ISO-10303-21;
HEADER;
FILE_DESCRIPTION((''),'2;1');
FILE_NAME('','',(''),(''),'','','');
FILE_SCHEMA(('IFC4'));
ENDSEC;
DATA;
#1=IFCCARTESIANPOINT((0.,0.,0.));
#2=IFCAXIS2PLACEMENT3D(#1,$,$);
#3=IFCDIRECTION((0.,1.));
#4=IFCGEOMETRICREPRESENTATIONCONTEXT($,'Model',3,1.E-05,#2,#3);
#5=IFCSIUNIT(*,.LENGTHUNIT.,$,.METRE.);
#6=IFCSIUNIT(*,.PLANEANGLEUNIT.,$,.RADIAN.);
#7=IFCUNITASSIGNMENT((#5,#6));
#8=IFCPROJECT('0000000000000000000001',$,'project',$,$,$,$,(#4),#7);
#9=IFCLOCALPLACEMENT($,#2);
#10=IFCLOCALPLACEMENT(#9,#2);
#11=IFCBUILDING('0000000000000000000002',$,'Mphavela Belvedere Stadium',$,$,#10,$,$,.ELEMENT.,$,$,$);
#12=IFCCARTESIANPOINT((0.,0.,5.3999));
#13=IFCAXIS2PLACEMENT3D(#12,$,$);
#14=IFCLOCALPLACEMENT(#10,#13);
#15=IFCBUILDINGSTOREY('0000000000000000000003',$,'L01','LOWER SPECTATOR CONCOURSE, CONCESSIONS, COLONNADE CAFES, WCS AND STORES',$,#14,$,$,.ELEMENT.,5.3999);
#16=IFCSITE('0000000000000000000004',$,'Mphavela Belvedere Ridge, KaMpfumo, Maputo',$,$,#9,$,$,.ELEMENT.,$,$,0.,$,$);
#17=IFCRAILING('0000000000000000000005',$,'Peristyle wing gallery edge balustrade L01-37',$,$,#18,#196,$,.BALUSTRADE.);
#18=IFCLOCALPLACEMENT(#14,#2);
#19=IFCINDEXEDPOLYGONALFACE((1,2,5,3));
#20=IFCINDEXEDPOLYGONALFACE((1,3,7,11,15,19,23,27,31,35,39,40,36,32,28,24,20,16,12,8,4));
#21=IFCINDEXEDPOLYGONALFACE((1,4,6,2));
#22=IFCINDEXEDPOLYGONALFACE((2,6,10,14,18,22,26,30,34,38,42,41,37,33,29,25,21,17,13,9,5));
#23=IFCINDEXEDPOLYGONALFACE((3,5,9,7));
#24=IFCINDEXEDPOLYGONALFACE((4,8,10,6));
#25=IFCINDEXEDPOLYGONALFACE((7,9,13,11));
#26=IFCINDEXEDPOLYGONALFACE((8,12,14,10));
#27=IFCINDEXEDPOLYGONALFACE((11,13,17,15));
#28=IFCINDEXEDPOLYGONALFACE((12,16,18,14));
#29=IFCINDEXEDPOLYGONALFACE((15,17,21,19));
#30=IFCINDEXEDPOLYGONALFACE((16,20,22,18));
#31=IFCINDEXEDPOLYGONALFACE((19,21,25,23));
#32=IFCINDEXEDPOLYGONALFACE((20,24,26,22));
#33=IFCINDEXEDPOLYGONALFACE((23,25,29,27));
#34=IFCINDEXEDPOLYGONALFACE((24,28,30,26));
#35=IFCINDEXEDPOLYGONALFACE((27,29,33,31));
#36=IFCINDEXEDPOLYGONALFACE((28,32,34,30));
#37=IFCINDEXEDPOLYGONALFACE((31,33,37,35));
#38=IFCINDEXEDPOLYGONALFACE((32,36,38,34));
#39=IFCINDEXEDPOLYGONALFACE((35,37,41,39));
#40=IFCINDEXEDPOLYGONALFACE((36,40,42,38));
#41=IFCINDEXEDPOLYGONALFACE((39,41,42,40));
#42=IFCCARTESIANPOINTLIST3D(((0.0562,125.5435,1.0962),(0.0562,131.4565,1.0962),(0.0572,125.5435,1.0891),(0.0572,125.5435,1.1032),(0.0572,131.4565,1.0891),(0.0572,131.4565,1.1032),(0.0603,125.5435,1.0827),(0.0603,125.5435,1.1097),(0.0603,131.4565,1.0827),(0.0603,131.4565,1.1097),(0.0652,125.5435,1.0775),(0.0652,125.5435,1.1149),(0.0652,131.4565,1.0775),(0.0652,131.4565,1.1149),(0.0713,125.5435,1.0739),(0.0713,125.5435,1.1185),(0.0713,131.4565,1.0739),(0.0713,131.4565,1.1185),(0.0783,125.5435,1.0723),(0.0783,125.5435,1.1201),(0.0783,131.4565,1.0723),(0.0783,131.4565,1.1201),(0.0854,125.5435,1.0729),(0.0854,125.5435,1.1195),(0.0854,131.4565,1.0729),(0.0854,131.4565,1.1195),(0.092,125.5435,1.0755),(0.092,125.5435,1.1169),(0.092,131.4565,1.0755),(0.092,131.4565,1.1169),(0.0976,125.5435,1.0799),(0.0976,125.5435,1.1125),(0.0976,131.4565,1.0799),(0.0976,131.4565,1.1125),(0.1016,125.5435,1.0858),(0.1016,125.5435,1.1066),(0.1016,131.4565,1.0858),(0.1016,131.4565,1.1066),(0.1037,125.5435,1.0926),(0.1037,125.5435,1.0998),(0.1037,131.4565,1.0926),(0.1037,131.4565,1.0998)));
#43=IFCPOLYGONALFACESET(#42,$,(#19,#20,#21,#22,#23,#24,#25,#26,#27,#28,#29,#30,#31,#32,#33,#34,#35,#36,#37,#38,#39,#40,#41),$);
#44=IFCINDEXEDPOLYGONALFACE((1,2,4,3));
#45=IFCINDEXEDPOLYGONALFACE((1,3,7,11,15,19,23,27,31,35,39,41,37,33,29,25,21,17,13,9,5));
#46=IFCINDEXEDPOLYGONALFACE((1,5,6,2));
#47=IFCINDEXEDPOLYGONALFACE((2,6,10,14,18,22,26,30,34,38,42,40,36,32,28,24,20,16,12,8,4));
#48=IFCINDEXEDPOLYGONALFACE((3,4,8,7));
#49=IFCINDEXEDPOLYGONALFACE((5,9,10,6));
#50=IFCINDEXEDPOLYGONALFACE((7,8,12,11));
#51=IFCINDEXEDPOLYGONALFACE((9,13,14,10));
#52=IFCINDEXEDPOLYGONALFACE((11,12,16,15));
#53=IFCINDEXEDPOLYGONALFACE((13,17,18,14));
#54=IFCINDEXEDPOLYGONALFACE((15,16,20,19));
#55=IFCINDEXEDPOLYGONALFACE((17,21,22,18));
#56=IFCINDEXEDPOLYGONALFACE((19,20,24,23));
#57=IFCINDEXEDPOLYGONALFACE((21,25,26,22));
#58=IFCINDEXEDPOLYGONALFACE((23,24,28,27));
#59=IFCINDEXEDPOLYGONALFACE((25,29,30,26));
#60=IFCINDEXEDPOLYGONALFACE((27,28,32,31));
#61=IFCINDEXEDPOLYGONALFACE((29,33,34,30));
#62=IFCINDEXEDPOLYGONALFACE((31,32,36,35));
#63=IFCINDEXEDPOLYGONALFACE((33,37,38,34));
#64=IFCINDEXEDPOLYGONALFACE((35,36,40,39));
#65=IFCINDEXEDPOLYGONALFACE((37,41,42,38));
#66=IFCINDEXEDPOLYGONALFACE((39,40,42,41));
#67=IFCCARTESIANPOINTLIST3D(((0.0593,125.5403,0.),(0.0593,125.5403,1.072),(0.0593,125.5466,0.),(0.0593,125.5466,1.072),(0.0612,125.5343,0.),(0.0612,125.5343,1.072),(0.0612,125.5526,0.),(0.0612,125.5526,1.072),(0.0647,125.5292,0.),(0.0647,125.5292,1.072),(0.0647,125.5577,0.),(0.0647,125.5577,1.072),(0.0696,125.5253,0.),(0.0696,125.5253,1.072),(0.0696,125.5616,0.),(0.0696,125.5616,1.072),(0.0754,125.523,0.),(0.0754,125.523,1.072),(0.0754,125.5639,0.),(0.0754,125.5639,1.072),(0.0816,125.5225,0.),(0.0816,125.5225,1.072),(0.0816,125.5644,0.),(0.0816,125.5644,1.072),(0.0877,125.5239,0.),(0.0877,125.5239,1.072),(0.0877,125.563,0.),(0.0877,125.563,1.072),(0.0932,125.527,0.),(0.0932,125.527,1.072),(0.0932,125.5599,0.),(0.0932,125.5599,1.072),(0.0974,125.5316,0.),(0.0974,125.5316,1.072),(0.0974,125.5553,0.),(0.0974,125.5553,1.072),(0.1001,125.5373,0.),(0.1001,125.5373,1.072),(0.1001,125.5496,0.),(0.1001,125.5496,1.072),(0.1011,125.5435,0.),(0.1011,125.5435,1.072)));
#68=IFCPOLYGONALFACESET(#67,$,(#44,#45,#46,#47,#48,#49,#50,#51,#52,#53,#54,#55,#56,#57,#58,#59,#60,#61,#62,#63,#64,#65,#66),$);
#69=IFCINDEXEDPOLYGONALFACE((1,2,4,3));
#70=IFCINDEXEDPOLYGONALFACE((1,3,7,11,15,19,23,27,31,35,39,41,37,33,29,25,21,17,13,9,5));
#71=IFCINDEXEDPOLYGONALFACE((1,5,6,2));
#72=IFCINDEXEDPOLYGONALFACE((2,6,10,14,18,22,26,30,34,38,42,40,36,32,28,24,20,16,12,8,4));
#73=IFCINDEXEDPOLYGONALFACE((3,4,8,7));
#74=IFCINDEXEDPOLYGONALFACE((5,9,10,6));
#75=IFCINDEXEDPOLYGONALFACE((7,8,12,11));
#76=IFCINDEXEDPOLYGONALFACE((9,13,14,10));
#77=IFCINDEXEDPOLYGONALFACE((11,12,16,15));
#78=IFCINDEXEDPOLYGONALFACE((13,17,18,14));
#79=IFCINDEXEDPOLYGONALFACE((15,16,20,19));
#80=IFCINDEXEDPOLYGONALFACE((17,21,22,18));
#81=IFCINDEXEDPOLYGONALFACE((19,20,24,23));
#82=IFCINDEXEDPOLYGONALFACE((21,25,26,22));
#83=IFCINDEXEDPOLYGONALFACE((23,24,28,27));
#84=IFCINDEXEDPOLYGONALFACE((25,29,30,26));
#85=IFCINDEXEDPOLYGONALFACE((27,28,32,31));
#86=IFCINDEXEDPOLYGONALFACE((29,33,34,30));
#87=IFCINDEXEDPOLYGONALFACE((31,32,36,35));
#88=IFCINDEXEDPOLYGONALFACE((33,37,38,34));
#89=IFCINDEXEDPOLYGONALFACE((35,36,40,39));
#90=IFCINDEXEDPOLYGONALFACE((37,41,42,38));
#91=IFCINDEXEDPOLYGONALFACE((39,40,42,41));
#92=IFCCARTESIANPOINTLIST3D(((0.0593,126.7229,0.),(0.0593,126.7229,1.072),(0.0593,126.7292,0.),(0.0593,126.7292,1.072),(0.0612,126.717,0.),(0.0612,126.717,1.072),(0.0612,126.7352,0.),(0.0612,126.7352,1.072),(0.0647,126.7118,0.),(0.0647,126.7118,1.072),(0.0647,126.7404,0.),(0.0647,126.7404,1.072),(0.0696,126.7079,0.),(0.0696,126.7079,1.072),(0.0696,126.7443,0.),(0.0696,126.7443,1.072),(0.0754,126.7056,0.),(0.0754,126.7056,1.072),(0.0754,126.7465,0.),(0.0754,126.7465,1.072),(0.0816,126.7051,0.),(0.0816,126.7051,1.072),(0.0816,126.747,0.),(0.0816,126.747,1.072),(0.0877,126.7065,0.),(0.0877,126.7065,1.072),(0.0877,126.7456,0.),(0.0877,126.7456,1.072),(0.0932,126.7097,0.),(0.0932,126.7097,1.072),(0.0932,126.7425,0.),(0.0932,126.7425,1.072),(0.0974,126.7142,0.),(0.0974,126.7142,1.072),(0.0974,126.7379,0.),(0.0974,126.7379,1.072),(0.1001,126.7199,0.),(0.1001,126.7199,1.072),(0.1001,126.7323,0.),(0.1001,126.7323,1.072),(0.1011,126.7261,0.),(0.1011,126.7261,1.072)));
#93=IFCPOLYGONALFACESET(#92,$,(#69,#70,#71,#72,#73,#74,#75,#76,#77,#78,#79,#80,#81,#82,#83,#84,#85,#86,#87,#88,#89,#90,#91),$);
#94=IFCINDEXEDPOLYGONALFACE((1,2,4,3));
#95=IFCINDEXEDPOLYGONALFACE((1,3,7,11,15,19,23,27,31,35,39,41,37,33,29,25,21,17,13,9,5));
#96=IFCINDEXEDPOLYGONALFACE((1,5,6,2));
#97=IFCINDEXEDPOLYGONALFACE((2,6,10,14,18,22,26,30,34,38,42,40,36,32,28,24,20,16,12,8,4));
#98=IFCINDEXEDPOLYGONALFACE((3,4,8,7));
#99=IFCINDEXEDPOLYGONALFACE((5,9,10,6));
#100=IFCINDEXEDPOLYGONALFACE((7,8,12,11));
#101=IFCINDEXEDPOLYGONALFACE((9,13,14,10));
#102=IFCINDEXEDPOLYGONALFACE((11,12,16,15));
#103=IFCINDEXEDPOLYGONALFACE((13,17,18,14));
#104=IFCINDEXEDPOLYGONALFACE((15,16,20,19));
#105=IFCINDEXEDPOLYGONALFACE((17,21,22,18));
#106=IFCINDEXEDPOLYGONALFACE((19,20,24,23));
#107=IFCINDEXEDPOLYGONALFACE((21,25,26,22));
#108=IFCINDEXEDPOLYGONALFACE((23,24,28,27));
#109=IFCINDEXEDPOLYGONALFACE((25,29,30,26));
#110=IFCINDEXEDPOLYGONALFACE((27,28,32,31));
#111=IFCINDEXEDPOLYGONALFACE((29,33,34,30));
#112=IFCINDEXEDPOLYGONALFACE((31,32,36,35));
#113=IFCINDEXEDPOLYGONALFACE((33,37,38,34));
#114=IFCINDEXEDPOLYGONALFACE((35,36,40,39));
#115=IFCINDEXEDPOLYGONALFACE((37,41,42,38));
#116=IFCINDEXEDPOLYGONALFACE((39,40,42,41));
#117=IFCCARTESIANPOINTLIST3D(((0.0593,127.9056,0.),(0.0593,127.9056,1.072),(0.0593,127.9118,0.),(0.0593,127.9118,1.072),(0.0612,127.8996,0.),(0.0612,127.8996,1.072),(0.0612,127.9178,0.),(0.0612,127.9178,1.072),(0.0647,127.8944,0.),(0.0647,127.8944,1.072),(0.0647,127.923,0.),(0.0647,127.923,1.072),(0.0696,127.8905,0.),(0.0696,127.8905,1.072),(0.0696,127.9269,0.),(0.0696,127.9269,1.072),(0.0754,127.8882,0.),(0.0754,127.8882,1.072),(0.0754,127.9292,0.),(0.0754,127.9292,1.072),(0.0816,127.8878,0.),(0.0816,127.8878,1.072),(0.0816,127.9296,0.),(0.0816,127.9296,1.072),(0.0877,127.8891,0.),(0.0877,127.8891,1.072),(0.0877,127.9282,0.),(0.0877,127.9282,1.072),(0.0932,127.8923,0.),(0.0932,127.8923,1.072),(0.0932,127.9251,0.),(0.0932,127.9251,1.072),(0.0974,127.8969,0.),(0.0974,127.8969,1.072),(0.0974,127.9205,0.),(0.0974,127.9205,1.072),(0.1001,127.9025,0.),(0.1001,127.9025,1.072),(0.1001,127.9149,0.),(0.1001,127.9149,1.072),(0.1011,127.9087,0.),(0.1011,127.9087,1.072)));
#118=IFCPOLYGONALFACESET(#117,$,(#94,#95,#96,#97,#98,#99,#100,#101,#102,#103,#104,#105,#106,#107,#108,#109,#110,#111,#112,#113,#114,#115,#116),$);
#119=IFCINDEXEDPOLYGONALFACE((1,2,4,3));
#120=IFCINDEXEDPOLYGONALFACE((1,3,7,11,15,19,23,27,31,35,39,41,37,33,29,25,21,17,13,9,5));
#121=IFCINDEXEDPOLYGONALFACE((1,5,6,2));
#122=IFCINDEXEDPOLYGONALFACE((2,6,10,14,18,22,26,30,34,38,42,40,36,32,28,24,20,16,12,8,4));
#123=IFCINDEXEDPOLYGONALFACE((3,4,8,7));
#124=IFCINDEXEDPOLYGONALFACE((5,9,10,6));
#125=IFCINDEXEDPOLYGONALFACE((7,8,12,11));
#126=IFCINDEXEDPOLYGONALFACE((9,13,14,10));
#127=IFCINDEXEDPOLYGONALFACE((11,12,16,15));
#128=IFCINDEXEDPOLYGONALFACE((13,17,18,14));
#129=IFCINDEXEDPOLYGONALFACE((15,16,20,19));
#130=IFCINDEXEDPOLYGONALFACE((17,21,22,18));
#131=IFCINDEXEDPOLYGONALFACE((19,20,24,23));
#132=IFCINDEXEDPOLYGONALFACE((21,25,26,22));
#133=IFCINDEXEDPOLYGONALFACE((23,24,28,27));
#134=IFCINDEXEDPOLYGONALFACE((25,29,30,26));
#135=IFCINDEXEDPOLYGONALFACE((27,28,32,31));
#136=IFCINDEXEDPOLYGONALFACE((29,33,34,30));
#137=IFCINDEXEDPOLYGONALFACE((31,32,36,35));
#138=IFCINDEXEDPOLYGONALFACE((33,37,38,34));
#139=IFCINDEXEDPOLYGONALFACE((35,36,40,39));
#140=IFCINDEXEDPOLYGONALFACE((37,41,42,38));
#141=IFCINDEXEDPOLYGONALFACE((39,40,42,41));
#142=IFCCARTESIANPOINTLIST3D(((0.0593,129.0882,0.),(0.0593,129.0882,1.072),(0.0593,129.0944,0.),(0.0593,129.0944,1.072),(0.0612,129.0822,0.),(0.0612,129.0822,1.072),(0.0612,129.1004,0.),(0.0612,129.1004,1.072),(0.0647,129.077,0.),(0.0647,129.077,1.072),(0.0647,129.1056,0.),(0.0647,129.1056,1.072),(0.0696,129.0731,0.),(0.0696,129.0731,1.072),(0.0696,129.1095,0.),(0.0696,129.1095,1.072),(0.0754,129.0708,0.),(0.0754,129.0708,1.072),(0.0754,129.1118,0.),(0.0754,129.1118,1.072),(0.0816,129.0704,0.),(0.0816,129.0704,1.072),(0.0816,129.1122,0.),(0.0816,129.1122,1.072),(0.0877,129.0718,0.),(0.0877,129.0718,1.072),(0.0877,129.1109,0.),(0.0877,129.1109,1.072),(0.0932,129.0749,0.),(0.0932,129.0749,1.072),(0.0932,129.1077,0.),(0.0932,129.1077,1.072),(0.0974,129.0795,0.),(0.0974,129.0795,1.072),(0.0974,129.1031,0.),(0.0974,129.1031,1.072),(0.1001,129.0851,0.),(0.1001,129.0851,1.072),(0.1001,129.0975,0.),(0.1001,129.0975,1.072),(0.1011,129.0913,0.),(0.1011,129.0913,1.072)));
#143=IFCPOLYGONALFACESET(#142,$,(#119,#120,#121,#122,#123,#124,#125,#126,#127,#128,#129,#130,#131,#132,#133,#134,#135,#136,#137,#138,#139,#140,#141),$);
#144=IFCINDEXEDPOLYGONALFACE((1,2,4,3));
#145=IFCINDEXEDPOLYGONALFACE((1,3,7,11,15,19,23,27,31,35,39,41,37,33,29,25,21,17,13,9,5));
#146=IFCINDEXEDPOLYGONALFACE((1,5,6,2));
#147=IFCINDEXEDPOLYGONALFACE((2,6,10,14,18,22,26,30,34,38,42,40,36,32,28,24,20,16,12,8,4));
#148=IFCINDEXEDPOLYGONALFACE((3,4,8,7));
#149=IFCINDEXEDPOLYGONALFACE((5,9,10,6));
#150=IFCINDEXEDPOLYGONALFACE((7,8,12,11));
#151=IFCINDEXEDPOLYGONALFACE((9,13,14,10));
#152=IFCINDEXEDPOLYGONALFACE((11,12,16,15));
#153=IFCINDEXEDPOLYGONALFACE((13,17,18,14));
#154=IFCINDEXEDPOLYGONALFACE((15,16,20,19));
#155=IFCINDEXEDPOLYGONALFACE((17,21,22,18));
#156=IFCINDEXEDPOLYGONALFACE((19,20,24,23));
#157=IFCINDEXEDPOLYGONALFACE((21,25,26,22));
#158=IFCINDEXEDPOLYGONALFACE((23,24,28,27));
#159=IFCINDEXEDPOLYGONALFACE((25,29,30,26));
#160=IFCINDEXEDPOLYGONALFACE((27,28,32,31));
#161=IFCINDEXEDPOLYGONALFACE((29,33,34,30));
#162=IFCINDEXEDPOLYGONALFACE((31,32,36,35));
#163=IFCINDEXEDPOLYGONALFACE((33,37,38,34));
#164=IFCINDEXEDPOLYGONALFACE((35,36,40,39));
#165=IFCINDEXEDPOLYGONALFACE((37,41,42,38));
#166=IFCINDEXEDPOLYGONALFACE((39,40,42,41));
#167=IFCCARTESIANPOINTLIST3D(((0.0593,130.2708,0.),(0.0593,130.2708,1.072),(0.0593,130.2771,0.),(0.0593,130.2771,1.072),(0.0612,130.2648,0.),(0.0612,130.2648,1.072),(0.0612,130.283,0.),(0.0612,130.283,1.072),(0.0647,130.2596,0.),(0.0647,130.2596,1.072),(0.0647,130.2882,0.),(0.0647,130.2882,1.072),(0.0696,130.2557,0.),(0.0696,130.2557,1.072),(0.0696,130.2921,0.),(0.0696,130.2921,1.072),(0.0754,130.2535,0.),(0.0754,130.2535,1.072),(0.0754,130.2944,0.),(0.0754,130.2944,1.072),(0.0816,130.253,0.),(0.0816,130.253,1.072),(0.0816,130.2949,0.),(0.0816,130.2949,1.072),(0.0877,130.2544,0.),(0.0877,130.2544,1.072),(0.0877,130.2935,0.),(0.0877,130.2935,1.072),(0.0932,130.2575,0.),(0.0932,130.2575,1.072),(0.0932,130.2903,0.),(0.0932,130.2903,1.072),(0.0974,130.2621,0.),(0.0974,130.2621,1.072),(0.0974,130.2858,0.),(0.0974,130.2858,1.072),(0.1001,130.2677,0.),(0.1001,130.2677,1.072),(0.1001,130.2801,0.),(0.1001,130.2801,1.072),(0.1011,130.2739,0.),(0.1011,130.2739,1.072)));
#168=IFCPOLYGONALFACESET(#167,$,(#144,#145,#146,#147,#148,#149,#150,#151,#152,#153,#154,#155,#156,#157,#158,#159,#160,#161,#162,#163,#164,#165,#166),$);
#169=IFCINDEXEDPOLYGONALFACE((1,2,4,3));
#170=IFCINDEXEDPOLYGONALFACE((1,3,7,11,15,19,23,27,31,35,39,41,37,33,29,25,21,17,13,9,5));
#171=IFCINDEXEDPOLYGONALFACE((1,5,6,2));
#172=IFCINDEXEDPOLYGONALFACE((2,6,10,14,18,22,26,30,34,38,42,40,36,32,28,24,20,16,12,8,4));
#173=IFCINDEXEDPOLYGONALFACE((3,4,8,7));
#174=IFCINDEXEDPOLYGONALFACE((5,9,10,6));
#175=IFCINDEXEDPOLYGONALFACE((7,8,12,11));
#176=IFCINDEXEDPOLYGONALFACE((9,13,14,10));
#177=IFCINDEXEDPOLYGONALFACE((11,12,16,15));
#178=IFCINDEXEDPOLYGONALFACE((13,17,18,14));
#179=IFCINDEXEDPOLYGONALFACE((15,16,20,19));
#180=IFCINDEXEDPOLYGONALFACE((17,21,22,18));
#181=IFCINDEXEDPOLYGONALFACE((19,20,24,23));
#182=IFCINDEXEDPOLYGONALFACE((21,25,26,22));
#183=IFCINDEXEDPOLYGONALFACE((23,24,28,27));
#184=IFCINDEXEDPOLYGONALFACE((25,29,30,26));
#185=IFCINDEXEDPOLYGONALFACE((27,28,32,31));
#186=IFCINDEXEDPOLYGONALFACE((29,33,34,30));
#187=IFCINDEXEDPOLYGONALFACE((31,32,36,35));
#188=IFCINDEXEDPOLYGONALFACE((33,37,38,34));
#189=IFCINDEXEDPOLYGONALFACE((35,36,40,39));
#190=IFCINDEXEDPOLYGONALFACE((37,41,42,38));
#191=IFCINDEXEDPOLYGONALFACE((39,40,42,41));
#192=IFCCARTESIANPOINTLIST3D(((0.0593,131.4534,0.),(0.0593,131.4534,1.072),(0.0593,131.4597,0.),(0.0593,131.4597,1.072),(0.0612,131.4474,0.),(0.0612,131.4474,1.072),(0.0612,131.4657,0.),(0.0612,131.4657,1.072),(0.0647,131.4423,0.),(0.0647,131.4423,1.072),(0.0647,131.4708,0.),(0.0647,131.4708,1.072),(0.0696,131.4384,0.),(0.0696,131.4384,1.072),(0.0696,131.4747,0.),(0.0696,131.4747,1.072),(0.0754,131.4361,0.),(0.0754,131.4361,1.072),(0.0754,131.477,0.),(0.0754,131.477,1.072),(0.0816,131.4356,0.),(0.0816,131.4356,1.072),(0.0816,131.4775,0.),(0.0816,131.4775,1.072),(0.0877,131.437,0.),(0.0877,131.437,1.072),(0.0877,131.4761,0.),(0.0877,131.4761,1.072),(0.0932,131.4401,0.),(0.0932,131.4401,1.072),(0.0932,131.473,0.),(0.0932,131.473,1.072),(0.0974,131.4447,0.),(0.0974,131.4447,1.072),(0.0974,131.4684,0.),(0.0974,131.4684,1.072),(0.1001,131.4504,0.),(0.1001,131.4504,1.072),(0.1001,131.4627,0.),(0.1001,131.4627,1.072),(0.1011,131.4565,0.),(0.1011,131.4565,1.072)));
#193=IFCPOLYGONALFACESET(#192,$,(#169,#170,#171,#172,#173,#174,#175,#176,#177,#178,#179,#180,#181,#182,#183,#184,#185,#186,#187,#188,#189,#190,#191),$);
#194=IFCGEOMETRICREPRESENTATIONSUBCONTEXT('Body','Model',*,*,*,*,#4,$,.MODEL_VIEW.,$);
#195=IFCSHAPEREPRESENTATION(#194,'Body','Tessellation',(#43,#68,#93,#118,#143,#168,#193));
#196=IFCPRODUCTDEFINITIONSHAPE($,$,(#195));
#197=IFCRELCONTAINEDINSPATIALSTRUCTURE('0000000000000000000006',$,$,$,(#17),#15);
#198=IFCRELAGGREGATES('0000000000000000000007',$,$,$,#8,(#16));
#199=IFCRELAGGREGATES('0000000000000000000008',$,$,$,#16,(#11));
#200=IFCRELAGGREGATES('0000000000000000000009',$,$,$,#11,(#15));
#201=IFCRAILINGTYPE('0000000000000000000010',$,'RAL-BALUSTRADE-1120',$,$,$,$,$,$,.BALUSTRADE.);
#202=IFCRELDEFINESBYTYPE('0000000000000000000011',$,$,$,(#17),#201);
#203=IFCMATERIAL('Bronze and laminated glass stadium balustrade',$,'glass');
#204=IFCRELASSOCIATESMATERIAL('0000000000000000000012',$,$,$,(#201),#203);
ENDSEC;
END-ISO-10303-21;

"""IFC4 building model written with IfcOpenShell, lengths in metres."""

from ifc_helpers import new_model, si_unit, direction, frame, origin, origin_2d, place, context, subcontext, project, spatial, circle, extrude, material, type_object, element, save


model = new_model("IFC4")

# Units and contexts
model_context = context("Model", 3, precision=1e-05, world=origin(), true_north=direction((0.0, 1.0)))
body_context = subcontext(model_context, "Body", "Model", "MODEL_VIEW")
ifc_project = project(units=[si_unit("LENGTHUNIT", "METRE"), si_unit("PLANEANGLEUNIT", "RADIAN")], contexts=[model_context])

# Site, building, storey
site_placement = place(None, origin())
site = spatial("IfcSite", under=ifc_project, at=site_placement, Name="Mphavela Belvedere Ridge, KaMpfumo, Maputo", CompositionType="ELEMENT", RefElevation=0.0)
building_placement = place(site_placement, origin())
building = spatial("IfcBuilding", under=site, at=building_placement, Name="Mphavela Belvedere Stadium", CompositionType="ELEMENT")
storey_placement = place(building_placement, frame((0.0, 0.0, 5.3999)))
storey = spatial("IfcBuildingStorey", under=building, at=storey_placement, Name="L01", Description="LOWER SPECTATOR CONCOURSE, CONCESSIONS, COLONNADE CAFES, WCS AND STORES", CompositionType="ELEMENT", Elevation=5.3999)

# Railing
ifc_material_1 = material(Name="Bronze and laminated glass stadium balustrade", Category="glass")
railing_type = type_object("IfcRailingType", Name="RAL-BALUSTRADE-1120", PredefinedType="BALUSTRADE", material=ifc_material_1)
for number, where, name in (
    (1, (0.0801, 125.5435, 0.0), "Peristyle wing gallery edge balustrade L01-37"),
):
    element("IfcRailing", number, at=place(storey_placement, frame(where)), inside=storey, type_object=railing_type, Name=name, PredefinedType="BALUSTRADE", context=body_context, shape_type="SweptSolid", body=[
        extrude(circle(Radius=0.0239, at=origin_2d()), frame((0.0, 0.0, 1.0962), z_axis=(0.0, 1.0, 0.0), x_axis=(-1.0, 0.0, 0.0)), (0.0, 0.0, 1.0), 5.9131),
        extrude(circle(Radius=0.021, at=origin_2d()), origin(), (0.0, 0.0, 1.0), 1.072),
        extrude(circle(Radius=0.021, at=origin_2d()), frame((0.0, 1.1826, 0.0)), (0.0, 0.0, 1.0), 1.072),
        extrude(circle(Radius=0.021, at=origin_2d()), frame((0.0, 2.3652, 0.0)), (0.0, 0.0, 1.0), 1.072),
        extrude(circle(Radius=0.021, at=origin_2d()), frame((0.0, 3.5479, 0.0)), (0.0, 0.0, 1.0), 1.072),
        extrude(circle(Radius=0.021, at=origin_2d()), frame((0.0, 4.7305, 0.0)), (0.0, 0.0, 1.0), 1.072),
        extrude(circle(Radius=0.021, at=origin_2d()), frame((0.0, 5.9131, 0.0)), (0.0, 0.0, 1.0), 1.072),
    ])

save(model, "model.ifc")
